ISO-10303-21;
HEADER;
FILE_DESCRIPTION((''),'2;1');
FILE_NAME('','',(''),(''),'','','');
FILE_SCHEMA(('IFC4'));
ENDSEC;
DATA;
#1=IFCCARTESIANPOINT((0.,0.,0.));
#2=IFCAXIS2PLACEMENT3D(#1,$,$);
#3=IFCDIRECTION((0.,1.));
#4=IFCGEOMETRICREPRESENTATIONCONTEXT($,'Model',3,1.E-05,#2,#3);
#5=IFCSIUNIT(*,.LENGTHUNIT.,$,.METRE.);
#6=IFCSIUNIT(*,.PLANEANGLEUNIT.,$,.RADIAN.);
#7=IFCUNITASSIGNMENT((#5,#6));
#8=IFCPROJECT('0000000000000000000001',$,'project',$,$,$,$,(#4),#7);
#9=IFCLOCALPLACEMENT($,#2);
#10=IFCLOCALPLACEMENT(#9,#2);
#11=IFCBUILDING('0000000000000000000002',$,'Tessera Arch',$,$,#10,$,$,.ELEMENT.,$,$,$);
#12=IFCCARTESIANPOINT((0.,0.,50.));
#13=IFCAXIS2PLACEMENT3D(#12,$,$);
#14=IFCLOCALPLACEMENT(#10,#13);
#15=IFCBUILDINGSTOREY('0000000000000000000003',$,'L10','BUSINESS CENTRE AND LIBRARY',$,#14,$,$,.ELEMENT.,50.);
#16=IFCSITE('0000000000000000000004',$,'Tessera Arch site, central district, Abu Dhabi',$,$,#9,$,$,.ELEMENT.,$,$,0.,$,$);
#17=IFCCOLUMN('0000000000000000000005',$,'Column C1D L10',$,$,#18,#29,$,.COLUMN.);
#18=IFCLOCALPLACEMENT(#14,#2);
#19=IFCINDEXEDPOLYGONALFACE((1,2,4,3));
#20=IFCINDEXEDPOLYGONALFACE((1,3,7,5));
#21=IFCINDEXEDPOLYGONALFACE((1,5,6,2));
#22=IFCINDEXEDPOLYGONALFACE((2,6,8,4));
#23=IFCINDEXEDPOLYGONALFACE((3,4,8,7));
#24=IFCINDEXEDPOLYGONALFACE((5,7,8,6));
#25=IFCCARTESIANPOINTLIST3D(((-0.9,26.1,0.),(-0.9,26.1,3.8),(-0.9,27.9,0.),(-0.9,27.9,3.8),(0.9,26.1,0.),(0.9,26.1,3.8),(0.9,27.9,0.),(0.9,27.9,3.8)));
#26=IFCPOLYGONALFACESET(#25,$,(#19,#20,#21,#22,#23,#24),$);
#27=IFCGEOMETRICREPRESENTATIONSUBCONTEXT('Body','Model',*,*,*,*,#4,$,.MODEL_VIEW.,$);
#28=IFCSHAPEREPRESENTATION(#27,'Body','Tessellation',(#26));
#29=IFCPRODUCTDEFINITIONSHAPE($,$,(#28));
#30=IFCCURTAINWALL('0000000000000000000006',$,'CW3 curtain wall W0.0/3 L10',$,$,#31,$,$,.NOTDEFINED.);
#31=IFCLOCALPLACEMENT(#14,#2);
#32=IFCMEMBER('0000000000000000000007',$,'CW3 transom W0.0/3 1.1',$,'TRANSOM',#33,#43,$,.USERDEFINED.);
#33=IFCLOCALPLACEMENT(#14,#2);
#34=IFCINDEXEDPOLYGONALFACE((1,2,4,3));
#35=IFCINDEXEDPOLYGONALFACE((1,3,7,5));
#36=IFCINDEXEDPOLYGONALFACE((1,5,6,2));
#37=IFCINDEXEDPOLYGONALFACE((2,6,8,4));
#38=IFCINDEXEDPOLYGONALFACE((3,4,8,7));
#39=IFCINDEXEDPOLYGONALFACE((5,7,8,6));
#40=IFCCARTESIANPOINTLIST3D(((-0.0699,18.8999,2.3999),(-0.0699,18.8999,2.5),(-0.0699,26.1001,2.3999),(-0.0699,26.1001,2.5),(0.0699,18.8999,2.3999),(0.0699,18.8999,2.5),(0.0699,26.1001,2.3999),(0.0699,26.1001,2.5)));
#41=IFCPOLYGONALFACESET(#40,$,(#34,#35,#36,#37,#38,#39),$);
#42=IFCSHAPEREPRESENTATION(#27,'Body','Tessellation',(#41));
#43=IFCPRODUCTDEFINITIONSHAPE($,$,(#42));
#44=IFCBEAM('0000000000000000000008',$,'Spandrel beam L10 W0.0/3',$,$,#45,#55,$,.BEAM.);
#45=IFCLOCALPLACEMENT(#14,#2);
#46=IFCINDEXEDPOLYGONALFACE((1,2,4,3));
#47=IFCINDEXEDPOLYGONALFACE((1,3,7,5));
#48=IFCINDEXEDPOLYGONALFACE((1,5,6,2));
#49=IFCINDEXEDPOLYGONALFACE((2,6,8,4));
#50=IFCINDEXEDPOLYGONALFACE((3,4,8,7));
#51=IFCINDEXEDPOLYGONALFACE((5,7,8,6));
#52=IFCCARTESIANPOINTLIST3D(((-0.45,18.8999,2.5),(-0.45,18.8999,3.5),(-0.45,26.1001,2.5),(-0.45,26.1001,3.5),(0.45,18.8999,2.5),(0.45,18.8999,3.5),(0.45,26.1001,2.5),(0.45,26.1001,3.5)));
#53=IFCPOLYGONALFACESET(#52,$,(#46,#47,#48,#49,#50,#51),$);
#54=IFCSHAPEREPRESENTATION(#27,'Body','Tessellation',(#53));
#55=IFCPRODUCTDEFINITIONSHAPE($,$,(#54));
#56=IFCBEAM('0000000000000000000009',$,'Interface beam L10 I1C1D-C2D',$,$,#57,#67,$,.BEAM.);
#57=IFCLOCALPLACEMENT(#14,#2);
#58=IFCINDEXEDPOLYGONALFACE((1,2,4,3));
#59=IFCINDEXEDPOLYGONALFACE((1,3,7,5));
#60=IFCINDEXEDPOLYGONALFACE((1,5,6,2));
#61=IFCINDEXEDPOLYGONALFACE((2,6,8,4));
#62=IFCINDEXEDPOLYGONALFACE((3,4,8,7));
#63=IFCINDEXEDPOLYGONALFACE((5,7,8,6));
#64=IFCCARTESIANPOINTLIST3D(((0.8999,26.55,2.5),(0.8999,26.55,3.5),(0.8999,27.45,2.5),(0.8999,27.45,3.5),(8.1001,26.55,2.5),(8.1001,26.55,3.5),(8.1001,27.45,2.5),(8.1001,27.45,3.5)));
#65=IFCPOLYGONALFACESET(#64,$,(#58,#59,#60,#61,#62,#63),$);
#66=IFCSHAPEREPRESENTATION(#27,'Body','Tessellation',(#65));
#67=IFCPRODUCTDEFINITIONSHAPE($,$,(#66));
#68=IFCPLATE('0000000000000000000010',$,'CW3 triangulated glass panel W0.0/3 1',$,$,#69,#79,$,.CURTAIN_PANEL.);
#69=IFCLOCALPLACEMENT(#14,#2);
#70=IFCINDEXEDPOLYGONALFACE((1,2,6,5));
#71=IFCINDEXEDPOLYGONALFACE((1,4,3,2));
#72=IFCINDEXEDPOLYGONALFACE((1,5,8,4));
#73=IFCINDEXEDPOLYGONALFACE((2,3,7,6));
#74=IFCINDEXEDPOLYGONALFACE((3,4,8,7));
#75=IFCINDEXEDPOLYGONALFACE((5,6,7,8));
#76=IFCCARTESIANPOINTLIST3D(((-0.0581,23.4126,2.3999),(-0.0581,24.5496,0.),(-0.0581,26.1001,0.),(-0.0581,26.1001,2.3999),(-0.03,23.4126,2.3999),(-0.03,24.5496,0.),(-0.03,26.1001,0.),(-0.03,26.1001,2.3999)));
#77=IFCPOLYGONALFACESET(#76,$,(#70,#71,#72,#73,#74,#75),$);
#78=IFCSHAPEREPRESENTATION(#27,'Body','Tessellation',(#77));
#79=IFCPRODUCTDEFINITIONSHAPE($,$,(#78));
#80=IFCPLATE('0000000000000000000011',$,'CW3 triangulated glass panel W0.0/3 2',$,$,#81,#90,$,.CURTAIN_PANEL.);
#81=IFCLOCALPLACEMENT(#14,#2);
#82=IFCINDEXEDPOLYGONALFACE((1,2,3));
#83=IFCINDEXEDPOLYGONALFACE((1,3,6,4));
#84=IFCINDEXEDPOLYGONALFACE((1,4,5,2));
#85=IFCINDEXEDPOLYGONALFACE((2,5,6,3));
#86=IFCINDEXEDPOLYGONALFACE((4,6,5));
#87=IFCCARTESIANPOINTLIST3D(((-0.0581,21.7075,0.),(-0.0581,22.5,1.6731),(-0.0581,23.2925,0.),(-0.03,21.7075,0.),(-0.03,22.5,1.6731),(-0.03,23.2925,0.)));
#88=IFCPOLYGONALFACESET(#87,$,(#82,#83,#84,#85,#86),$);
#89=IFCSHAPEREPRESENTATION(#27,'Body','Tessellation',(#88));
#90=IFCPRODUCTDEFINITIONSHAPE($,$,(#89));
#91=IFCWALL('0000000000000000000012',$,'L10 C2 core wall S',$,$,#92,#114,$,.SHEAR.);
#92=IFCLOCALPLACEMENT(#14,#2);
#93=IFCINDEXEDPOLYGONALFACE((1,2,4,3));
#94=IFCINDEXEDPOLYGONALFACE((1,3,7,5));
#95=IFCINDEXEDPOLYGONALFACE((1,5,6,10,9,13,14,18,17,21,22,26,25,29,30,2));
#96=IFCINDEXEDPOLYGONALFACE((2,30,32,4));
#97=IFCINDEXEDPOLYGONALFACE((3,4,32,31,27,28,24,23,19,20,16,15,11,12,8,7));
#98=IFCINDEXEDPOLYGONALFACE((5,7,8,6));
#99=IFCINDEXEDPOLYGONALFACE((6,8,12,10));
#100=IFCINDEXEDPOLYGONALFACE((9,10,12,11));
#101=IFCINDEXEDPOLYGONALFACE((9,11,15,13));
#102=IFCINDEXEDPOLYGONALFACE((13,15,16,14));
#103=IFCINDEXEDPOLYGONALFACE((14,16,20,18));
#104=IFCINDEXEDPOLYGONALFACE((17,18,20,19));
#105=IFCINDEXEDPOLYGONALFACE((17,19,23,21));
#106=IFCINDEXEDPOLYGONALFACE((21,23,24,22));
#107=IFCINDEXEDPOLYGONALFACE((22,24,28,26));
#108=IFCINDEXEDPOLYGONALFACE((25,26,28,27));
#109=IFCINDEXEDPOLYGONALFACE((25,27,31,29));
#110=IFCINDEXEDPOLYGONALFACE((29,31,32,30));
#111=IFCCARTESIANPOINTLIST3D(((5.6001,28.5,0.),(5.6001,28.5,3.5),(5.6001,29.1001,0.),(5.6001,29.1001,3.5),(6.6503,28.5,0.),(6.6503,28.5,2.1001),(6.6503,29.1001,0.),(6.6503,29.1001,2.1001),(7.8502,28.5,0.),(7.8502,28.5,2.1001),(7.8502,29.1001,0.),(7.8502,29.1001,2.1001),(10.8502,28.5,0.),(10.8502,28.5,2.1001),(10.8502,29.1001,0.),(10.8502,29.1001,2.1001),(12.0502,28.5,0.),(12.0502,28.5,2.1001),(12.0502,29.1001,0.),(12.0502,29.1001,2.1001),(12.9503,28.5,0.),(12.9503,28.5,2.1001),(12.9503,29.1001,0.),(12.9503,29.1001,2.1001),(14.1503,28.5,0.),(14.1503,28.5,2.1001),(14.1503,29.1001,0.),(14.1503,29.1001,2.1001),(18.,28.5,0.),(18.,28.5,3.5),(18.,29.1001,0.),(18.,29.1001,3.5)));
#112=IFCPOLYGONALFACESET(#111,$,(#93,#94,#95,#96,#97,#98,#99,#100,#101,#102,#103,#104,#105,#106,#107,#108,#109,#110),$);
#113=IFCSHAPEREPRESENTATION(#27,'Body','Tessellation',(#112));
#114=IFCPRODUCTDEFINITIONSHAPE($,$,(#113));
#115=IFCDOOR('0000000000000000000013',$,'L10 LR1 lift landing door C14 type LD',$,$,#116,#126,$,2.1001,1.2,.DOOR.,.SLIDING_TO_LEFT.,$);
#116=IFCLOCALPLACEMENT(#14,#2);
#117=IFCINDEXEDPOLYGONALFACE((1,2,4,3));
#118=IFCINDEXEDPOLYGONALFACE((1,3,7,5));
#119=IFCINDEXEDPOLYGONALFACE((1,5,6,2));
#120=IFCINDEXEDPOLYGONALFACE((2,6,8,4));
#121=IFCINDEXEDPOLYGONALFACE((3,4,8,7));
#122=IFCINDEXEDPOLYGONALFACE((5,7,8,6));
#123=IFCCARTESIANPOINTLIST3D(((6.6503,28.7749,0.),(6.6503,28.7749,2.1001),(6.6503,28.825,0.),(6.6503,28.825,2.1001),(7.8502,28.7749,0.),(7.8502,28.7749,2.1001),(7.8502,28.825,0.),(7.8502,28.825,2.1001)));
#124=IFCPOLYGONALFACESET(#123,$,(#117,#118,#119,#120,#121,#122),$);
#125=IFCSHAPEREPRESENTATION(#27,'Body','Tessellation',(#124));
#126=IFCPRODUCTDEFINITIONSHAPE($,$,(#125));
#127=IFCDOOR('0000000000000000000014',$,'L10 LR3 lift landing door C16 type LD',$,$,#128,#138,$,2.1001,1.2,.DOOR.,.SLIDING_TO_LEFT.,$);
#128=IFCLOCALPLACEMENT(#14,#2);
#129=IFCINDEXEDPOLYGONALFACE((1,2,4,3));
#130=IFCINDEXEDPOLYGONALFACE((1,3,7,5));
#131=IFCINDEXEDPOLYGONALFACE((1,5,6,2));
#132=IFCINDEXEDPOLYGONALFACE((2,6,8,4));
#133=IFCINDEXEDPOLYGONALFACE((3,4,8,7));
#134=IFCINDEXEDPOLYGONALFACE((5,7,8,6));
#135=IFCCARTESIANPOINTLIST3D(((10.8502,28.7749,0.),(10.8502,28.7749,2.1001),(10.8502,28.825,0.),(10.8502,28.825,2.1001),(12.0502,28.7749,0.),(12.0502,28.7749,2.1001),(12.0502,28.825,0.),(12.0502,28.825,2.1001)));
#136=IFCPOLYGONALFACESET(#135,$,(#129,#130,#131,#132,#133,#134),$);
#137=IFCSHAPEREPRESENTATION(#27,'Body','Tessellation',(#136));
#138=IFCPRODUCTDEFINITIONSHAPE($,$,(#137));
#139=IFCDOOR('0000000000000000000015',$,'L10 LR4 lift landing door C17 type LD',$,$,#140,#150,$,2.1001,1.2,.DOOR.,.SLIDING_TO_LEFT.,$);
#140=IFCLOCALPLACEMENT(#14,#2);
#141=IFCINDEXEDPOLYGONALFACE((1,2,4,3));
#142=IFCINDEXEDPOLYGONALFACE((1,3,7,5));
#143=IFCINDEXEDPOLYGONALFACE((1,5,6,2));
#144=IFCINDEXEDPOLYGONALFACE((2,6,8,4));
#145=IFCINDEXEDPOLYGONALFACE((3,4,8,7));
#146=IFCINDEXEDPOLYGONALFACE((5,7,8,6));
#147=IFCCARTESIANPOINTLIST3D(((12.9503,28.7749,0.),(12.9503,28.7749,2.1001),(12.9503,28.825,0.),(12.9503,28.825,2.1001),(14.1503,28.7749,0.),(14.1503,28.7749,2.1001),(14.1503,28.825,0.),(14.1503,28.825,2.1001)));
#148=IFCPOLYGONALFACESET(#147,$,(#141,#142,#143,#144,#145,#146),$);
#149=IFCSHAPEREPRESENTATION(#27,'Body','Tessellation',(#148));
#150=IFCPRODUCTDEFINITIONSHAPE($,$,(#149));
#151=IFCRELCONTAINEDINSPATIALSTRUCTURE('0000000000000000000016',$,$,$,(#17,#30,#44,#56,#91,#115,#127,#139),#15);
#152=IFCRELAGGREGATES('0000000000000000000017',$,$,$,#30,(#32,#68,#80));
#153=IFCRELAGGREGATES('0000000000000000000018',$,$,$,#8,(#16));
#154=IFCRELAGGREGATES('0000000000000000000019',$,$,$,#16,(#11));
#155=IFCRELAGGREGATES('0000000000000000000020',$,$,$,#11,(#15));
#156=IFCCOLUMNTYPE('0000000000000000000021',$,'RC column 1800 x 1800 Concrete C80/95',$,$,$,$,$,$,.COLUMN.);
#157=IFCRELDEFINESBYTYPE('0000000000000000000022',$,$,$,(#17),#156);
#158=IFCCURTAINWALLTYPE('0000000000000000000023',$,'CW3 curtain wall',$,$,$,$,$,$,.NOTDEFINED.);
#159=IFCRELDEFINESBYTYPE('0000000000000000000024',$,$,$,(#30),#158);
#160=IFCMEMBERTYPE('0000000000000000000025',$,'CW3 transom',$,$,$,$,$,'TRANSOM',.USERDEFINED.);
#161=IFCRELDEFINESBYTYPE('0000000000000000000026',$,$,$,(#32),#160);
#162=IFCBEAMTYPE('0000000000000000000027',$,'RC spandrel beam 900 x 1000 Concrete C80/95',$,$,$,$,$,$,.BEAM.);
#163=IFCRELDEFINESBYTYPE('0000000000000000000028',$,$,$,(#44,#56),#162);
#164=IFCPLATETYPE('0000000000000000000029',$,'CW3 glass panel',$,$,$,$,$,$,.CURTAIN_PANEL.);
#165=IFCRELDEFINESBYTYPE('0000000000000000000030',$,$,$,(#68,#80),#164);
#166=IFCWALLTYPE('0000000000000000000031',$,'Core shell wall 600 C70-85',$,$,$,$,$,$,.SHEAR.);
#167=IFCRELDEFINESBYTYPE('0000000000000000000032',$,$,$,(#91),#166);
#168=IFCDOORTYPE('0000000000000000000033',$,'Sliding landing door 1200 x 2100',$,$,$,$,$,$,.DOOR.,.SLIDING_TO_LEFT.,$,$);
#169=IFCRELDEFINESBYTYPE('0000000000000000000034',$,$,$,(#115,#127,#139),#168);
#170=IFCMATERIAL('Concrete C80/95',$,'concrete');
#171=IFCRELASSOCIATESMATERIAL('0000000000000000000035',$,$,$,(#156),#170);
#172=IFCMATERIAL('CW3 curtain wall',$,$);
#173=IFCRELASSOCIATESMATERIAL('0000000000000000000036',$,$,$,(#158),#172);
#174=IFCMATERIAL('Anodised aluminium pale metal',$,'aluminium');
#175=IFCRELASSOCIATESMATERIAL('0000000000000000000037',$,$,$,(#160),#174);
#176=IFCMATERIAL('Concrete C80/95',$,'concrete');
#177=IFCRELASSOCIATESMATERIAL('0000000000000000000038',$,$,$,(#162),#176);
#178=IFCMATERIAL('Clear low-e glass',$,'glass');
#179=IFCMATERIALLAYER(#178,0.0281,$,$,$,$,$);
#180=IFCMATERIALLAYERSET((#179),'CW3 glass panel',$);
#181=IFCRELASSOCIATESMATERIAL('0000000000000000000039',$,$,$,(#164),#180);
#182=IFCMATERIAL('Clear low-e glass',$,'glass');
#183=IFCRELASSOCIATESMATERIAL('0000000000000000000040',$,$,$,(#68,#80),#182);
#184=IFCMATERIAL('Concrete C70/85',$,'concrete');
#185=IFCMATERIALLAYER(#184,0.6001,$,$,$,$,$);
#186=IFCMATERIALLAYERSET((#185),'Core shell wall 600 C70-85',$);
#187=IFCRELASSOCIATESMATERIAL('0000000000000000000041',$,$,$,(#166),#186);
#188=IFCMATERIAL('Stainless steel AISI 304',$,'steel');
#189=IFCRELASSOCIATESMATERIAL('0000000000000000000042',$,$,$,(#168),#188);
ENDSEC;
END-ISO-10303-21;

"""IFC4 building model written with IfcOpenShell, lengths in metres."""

from ifc_helpers import new_model, si_unit, direction, frame, frame_2d, origin, origin_2d, place, context, subcontext, project, spatial, polyline, rectangle, outline, extrude, material, layer, layer_set, material_profile, profile_set, type_object, element, fill, aggregate, save


model = new_model("IFC4")

# Units and contexts
model_context = context("Model", 3, precision=1e-05, world=origin(), true_north=direction((0.0, 1.0)))
body_context = subcontext(model_context, "Body", "Model", "MODEL_VIEW")
ifc_project = project(units=[si_unit("LENGTHUNIT", "METRE"), si_unit("PLANEANGLEUNIT", "RADIAN")], contexts=[model_context])

# Site, building, storey
site_placement = place(None, origin())
site = spatial("IfcSite", under=ifc_project, at=site_placement, Name="Tessera Arch site, central district, Abu Dhabi", CompositionType="ELEMENT", RefElevation=0.0)
building_placement = place(site_placement, origin())
building = spatial("IfcBuilding", under=site, at=building_placement, Name="Tessera Arch", CompositionType="ELEMENT")
storey_placement = place(building_placement, frame((0.0, 0.0, 50.0)))
storey = spatial("IfcBuildingStorey", under=building, at=storey_placement, Name="L10", Description="BUSINESS CENTRE AND LIBRARY", CompositionType="ELEMENT", Elevation=50.0)

# Column
ifc_material_1 = material(Name="Concrete C80/95", Category="concrete")
ifc_material_profile_1 = material_profile(ifc_material_1, rectangle(XDim=1.8, YDim=1.8, at=origin_2d()), Name="RC column 1800 x 1800 Concrete C80/95")
ifc_profile_set_1 = profile_set([ifc_material_profile_1], Name="Concrete C80/95")
column_type = type_object("IfcColumnType", Name="RC column 1800 x 1800 Concrete C80/95", PredefinedType="COLUMN", material=ifc_profile_set_1)
column_placement = place(storey_placement, frame((0.0, 27.0, 0.0), z_axis=(0.0, 0.0, 1.0), x_axis=(1.0, 0.0, 0.0)))
element("IfcColumn", 1, at=column_placement, inside=storey, type_object=column_type, Name="Column C1D L10", PredefinedType="COLUMN", context=body_context, shape_type="SweptSolid", body=[
    extrude(rectangle(XDim=1.8, YDim=1.8, at=origin_2d()), origin(), (0.0, 0.0, 1.0), 3.8),
])

# Curtain wall, member
ifc_material_2 = material(Name="CW3 curtain wall")
curtain_wall_type = type_object("IfcCurtainWallType", Name="CW3 curtain wall", PredefinedType="NOTDEFINED", material=ifc_material_2)
curtain_wall_placement = place(storey_placement, origin())
curtain_wall = element("IfcCurtainWall", 2, at=curtain_wall_placement, inside=storey, type_object=curtain_wall_type, Name="CW3 curtain wall W0.0/3 L10", PredefinedType="NOTDEFINED")
ifc_material_3 = material(Name="Anodised aluminium pale metal", Category="aluminium")
ifc_material_profile_2 = material_profile(ifc_material_3, rectangle(XDim=0.1399, YDim=0.1001, at=origin_2d()), Name="AL 140x100")
ifc_profile_set_2 = profile_set([ifc_material_profile_2], Name="Anodised aluminium pale metal")
member_type = type_object("IfcMemberType", Name="CW3 transom", ElementType="TRANSOM", PredefinedType="USERDEFINED", material=ifc_profile_set_2)
member_placement = place(storey_placement, frame((0.0, 26.1001, 2.45), z_axis=(0.0, -1.0, 0.0), x_axis=(1.0, 0.0, 0.0)))
member = element("IfcMember", 3, at=member_placement, type_object=member_type, Name="CW3 transom W0.0/3 1.1", ObjectType="TRANSOM", PredefinedType="USERDEFINED", context=body_context, shape_type="SweptSolid", body=[
    extrude(rectangle(XDim=0.1399, YDim=0.1001, at=origin_2d()), origin(), (0.0, 0.0, 1.0), 7.2002),
])

# Beams
ifc_material_4 = material(Name="Concrete C80/95", Category="concrete")
ifc_material_profile_3 = material_profile(ifc_material_4, rectangle(XDim=0.8999, YDim=1.0, at=origin_2d()), Name="RC spandrel beam 900 x 1000 Concrete C80/95")
ifc_profile_set_3 = profile_set([ifc_material_profile_3], Name="Concrete C80/95")
beam_type = type_object("IfcBeamType", Name="RC spandrel beam 900 x 1000 Concrete C80/95", PredefinedType="BEAM", material=ifc_profile_set_3)
for number, where, z_axis, x_axis, name in (
    (4, (0.0, 26.1001, 3.0), (0.0, -1.0, 0.0), (1.0, 0.0, 0.0), "Spandrel beam L10 W0.0/3"),
    (5, (0.8999, 27.0, 3.0), (1.0, 0.0, 0.0), (0.0, 1.0, 0.0), "Interface beam L10 I1C1D-C2D"),
):
    element("IfcBeam", number, at=place(storey_placement, frame(where, z_axis=z_axis, x_axis=x_axis)), inside=storey, type_object=beam_type, Name=name, PredefinedType="BEAM", context=body_context, shape_type="SweptSolid", body=[
        extrude(rectangle(XDim=0.8999, YDim=1.0, at=origin_2d()), origin(), (0.0, 0.0, 1.0), 7.2002),
    ])

# Plates
ifc_material_5 = material(Name="Clear low-e glass", Category="glass")
ifc_material_6 = material(Name="Clear low-e glass", Category="glass")
ifc_layer_1 = layer(ifc_material_6, 0.0281)
ifc_layer_set_1 = layer_set([ifc_layer_1], Name="CW3 glass panel")
plate_type = type_object("IfcPlateType", Name="CW3 glass panel", PredefinedType="CURTAIN_PANEL", material=ifc_layer_set_1)
plate_1_placement = place(storey_placement, frame((-0.0581, 26.1001, 0.0), z_axis=(-1.0, 0.0, 0.0), x_axis=(0.0, -1.0, 0.0)))
plate_1 = element("IfcPlate", 6, at=plate_1_placement, type_object=plate_type, material=ifc_material_5, Name="CW3 triangulated glass panel W0.0/3 1", PredefinedType="CURTAIN_PANEL", context=body_context, shape_type="SweptSolid", body=[
    extrude(outline(polyline([(0.0, 0.0), (1.5505, 0.0), (2.6875, 2.3999), (0.0, 2.3999), (0.0, 0.0)])), origin(), (0.0, 0.0, -1.0), 0.0281),
])
plate_2_placement = place(storey_placement, frame((-0.0581, 23.2925, 0.0), z_axis=(-1.0, 0.0, 0.0), x_axis=(0.0, -1.0, 0.0)))
plate_2 = element("IfcPlate", 7, at=plate_2_placement, type_object=plate_type, material=ifc_material_5, Name="CW3 triangulated glass panel W0.0/3 2", PredefinedType="CURTAIN_PANEL", context=body_context, shape_type="SweptSolid", body=[
    extrude(outline(polyline([(0.0, 0.0), (1.585, 0.0), (0.7925, 1.6731), (0.0, 0.0)])), origin(), (0.0, 0.0, -1.0), 0.0281),
])
aggregate(curtain_wall, [member, plate_1, plate_2])

# Wall, openings, doors
ifc_material_7 = material(Name="Concrete C70/85", Category="concrete")
ifc_layer_2 = layer(ifc_material_7, 0.6001)
ifc_layer_set_2 = layer_set([ifc_layer_2], Name="Core shell wall 600 C70-85")
wall_type_1 = type_object("IfcWallType", Name="Core shell wall 600 C70-85", PredefinedType="SHEAR", material=ifc_layer_set_2)
wall_1_placement = place(storey_placement, frame((5.6001, 28.8, 0.0), z_axis=(0.0, 0.0, 1.0), x_axis=(1.0, 0.0, 0.0)))
wall_1 = element("IfcWall", 8, at=wall_1_placement, inside=storey, type_object=wall_type_1, Name="L10 C2 core wall S", PredefinedType="SHEAR", context=body_context, shape_type="SweptSolid", body=[
    extrude(rectangle(XDim=12.3999, YDim=0.6001, at=frame_2d((6.2, 0.0))), origin(), (0.0, 0.0, 1.0), 3.5),
])
opening_1_placement = place(wall_1_placement, frame((1.05, 0.0, 0.0)))
opening_1 = element("IfcOpeningElement", 9, at=opening_1_placement, cuts=wall_1, PredefinedType="OPENING", context=body_context, shape_type="SweptSolid", body=[
    extrude(rectangle(XDim=1.2, YDim=2.1001, at=frame_2d((0.6001, 1.05))), frame((0.0, 0.3101, 0.0), z_axis=(0.0, -1.0, 0.0), x_axis=(1.0, 0.0, 0.0)), (0.0, 0.0, 1.0), 0.6201),
])
opening_2_placement = place(wall_1_placement, frame((5.25, 0.0, 0.0)))
opening_2 = element("IfcOpeningElement", 10, at=opening_2_placement, cuts=wall_1, PredefinedType="OPENING", context=body_context, shape_type="SweptSolid", body=[
    extrude(rectangle(XDim=1.2, YDim=2.1001, at=frame_2d((0.6001, 1.05))), frame((0.0, 0.3101, 0.0), z_axis=(0.0, -1.0, 0.0), x_axis=(1.0, 0.0, 0.0)), (0.0, 0.0, 1.0), 0.6201),
])
opening_3_placement = place(wall_1_placement, frame((7.3501, 0.0, 0.0)))
opening_3 = element("IfcOpeningElement", 11, at=opening_3_placement, cuts=wall_1, PredefinedType="OPENING", context=body_context, shape_type="SweptSolid", body=[
    extrude(rectangle(XDim=1.2, YDim=2.1001, at=frame_2d((0.6001, 1.05))), frame((0.0, 0.3101, 0.0), z_axis=(0.0, -1.0, 0.0), x_axis=(1.0, 0.0, 0.0)), (0.0, 0.0, 1.0), 0.6201),
])
ifc_material_8 = material(Name="Stainless steel AISI 304", Category="steel")
door_type_1 = type_object("IfcDoorType", Name="Sliding landing door 1200 x 2100", OperationType="SLIDING_TO_LEFT", PredefinedType="DOOR", material=ifc_material_8)
door_1_placement = place(opening_1_placement, origin())
door_1 = element("IfcDoor", 12, at=door_1_placement, inside=storey, type_object=door_type_1, Name="L10 LR1 lift landing door C14 type LD", OperationType="SLIDING_TO_LEFT", OverallHeight=2.1001, OverallWidth=1.2, PredefinedType="DOOR", context=body_context, shape_type="SweptSolid", body=[
    extrude(rectangle(XDim=1.2, YDim=2.1001, at=frame_2d((0.6001, 1.05))), frame((0.0, 0.0249, 0.0), z_axis=(0.0, -1.0, 0.0), x_axis=(1.0, 0.0, 0.0)), (0.0, 0.0, 1.0), 0.05),
])
fill(opening_1, door_1)
door_2_placement = place(opening_2_placement, origin())
door_2 = element("IfcDoor", 13, at=door_2_placement, inside=storey, type_object=door_type_1, Name="L10 LR3 lift landing door C16 type LD", OperationType="SLIDING_TO_LEFT", OverallHeight=2.1001, OverallWidth=1.2, PredefinedType="DOOR", context=body_context, shape_type="SweptSolid", body=[
    extrude(rectangle(XDim=1.2, YDim=2.1001, at=frame_2d((0.6001, 1.05))), frame((0.0, 0.0249, 0.0), z_axis=(0.0, -1.0, 0.0), x_axis=(1.0, 0.0, 0.0)), (0.0, 0.0, 1.0), 0.05),
])
fill(opening_2, door_2)
door_3_placement = place(opening_3_placement, origin())
door_3 = element("IfcDoor", 14, at=door_3_placement, inside=storey, type_object=door_type_1, Name="L10 LR4 lift landing door C17 type LD", OperationType="SLIDING_TO_LEFT", OverallHeight=2.1001, OverallWidth=1.2, PredefinedType="DOOR", context=body_context, shape_type="SweptSolid", body=[
    extrude(rectangle(XDim=1.2, YDim=2.1001, at=frame_2d((0.6001, 1.05))), frame((0.0, 0.0249, 0.0), z_axis=(0.0, -1.0, 0.0), x_axis=(1.0, 0.0, 0.0)), (0.0, 0.0, 1.0), 0.05),
])
fill(opening_3, door_3)

save(model, "model.ifc")
